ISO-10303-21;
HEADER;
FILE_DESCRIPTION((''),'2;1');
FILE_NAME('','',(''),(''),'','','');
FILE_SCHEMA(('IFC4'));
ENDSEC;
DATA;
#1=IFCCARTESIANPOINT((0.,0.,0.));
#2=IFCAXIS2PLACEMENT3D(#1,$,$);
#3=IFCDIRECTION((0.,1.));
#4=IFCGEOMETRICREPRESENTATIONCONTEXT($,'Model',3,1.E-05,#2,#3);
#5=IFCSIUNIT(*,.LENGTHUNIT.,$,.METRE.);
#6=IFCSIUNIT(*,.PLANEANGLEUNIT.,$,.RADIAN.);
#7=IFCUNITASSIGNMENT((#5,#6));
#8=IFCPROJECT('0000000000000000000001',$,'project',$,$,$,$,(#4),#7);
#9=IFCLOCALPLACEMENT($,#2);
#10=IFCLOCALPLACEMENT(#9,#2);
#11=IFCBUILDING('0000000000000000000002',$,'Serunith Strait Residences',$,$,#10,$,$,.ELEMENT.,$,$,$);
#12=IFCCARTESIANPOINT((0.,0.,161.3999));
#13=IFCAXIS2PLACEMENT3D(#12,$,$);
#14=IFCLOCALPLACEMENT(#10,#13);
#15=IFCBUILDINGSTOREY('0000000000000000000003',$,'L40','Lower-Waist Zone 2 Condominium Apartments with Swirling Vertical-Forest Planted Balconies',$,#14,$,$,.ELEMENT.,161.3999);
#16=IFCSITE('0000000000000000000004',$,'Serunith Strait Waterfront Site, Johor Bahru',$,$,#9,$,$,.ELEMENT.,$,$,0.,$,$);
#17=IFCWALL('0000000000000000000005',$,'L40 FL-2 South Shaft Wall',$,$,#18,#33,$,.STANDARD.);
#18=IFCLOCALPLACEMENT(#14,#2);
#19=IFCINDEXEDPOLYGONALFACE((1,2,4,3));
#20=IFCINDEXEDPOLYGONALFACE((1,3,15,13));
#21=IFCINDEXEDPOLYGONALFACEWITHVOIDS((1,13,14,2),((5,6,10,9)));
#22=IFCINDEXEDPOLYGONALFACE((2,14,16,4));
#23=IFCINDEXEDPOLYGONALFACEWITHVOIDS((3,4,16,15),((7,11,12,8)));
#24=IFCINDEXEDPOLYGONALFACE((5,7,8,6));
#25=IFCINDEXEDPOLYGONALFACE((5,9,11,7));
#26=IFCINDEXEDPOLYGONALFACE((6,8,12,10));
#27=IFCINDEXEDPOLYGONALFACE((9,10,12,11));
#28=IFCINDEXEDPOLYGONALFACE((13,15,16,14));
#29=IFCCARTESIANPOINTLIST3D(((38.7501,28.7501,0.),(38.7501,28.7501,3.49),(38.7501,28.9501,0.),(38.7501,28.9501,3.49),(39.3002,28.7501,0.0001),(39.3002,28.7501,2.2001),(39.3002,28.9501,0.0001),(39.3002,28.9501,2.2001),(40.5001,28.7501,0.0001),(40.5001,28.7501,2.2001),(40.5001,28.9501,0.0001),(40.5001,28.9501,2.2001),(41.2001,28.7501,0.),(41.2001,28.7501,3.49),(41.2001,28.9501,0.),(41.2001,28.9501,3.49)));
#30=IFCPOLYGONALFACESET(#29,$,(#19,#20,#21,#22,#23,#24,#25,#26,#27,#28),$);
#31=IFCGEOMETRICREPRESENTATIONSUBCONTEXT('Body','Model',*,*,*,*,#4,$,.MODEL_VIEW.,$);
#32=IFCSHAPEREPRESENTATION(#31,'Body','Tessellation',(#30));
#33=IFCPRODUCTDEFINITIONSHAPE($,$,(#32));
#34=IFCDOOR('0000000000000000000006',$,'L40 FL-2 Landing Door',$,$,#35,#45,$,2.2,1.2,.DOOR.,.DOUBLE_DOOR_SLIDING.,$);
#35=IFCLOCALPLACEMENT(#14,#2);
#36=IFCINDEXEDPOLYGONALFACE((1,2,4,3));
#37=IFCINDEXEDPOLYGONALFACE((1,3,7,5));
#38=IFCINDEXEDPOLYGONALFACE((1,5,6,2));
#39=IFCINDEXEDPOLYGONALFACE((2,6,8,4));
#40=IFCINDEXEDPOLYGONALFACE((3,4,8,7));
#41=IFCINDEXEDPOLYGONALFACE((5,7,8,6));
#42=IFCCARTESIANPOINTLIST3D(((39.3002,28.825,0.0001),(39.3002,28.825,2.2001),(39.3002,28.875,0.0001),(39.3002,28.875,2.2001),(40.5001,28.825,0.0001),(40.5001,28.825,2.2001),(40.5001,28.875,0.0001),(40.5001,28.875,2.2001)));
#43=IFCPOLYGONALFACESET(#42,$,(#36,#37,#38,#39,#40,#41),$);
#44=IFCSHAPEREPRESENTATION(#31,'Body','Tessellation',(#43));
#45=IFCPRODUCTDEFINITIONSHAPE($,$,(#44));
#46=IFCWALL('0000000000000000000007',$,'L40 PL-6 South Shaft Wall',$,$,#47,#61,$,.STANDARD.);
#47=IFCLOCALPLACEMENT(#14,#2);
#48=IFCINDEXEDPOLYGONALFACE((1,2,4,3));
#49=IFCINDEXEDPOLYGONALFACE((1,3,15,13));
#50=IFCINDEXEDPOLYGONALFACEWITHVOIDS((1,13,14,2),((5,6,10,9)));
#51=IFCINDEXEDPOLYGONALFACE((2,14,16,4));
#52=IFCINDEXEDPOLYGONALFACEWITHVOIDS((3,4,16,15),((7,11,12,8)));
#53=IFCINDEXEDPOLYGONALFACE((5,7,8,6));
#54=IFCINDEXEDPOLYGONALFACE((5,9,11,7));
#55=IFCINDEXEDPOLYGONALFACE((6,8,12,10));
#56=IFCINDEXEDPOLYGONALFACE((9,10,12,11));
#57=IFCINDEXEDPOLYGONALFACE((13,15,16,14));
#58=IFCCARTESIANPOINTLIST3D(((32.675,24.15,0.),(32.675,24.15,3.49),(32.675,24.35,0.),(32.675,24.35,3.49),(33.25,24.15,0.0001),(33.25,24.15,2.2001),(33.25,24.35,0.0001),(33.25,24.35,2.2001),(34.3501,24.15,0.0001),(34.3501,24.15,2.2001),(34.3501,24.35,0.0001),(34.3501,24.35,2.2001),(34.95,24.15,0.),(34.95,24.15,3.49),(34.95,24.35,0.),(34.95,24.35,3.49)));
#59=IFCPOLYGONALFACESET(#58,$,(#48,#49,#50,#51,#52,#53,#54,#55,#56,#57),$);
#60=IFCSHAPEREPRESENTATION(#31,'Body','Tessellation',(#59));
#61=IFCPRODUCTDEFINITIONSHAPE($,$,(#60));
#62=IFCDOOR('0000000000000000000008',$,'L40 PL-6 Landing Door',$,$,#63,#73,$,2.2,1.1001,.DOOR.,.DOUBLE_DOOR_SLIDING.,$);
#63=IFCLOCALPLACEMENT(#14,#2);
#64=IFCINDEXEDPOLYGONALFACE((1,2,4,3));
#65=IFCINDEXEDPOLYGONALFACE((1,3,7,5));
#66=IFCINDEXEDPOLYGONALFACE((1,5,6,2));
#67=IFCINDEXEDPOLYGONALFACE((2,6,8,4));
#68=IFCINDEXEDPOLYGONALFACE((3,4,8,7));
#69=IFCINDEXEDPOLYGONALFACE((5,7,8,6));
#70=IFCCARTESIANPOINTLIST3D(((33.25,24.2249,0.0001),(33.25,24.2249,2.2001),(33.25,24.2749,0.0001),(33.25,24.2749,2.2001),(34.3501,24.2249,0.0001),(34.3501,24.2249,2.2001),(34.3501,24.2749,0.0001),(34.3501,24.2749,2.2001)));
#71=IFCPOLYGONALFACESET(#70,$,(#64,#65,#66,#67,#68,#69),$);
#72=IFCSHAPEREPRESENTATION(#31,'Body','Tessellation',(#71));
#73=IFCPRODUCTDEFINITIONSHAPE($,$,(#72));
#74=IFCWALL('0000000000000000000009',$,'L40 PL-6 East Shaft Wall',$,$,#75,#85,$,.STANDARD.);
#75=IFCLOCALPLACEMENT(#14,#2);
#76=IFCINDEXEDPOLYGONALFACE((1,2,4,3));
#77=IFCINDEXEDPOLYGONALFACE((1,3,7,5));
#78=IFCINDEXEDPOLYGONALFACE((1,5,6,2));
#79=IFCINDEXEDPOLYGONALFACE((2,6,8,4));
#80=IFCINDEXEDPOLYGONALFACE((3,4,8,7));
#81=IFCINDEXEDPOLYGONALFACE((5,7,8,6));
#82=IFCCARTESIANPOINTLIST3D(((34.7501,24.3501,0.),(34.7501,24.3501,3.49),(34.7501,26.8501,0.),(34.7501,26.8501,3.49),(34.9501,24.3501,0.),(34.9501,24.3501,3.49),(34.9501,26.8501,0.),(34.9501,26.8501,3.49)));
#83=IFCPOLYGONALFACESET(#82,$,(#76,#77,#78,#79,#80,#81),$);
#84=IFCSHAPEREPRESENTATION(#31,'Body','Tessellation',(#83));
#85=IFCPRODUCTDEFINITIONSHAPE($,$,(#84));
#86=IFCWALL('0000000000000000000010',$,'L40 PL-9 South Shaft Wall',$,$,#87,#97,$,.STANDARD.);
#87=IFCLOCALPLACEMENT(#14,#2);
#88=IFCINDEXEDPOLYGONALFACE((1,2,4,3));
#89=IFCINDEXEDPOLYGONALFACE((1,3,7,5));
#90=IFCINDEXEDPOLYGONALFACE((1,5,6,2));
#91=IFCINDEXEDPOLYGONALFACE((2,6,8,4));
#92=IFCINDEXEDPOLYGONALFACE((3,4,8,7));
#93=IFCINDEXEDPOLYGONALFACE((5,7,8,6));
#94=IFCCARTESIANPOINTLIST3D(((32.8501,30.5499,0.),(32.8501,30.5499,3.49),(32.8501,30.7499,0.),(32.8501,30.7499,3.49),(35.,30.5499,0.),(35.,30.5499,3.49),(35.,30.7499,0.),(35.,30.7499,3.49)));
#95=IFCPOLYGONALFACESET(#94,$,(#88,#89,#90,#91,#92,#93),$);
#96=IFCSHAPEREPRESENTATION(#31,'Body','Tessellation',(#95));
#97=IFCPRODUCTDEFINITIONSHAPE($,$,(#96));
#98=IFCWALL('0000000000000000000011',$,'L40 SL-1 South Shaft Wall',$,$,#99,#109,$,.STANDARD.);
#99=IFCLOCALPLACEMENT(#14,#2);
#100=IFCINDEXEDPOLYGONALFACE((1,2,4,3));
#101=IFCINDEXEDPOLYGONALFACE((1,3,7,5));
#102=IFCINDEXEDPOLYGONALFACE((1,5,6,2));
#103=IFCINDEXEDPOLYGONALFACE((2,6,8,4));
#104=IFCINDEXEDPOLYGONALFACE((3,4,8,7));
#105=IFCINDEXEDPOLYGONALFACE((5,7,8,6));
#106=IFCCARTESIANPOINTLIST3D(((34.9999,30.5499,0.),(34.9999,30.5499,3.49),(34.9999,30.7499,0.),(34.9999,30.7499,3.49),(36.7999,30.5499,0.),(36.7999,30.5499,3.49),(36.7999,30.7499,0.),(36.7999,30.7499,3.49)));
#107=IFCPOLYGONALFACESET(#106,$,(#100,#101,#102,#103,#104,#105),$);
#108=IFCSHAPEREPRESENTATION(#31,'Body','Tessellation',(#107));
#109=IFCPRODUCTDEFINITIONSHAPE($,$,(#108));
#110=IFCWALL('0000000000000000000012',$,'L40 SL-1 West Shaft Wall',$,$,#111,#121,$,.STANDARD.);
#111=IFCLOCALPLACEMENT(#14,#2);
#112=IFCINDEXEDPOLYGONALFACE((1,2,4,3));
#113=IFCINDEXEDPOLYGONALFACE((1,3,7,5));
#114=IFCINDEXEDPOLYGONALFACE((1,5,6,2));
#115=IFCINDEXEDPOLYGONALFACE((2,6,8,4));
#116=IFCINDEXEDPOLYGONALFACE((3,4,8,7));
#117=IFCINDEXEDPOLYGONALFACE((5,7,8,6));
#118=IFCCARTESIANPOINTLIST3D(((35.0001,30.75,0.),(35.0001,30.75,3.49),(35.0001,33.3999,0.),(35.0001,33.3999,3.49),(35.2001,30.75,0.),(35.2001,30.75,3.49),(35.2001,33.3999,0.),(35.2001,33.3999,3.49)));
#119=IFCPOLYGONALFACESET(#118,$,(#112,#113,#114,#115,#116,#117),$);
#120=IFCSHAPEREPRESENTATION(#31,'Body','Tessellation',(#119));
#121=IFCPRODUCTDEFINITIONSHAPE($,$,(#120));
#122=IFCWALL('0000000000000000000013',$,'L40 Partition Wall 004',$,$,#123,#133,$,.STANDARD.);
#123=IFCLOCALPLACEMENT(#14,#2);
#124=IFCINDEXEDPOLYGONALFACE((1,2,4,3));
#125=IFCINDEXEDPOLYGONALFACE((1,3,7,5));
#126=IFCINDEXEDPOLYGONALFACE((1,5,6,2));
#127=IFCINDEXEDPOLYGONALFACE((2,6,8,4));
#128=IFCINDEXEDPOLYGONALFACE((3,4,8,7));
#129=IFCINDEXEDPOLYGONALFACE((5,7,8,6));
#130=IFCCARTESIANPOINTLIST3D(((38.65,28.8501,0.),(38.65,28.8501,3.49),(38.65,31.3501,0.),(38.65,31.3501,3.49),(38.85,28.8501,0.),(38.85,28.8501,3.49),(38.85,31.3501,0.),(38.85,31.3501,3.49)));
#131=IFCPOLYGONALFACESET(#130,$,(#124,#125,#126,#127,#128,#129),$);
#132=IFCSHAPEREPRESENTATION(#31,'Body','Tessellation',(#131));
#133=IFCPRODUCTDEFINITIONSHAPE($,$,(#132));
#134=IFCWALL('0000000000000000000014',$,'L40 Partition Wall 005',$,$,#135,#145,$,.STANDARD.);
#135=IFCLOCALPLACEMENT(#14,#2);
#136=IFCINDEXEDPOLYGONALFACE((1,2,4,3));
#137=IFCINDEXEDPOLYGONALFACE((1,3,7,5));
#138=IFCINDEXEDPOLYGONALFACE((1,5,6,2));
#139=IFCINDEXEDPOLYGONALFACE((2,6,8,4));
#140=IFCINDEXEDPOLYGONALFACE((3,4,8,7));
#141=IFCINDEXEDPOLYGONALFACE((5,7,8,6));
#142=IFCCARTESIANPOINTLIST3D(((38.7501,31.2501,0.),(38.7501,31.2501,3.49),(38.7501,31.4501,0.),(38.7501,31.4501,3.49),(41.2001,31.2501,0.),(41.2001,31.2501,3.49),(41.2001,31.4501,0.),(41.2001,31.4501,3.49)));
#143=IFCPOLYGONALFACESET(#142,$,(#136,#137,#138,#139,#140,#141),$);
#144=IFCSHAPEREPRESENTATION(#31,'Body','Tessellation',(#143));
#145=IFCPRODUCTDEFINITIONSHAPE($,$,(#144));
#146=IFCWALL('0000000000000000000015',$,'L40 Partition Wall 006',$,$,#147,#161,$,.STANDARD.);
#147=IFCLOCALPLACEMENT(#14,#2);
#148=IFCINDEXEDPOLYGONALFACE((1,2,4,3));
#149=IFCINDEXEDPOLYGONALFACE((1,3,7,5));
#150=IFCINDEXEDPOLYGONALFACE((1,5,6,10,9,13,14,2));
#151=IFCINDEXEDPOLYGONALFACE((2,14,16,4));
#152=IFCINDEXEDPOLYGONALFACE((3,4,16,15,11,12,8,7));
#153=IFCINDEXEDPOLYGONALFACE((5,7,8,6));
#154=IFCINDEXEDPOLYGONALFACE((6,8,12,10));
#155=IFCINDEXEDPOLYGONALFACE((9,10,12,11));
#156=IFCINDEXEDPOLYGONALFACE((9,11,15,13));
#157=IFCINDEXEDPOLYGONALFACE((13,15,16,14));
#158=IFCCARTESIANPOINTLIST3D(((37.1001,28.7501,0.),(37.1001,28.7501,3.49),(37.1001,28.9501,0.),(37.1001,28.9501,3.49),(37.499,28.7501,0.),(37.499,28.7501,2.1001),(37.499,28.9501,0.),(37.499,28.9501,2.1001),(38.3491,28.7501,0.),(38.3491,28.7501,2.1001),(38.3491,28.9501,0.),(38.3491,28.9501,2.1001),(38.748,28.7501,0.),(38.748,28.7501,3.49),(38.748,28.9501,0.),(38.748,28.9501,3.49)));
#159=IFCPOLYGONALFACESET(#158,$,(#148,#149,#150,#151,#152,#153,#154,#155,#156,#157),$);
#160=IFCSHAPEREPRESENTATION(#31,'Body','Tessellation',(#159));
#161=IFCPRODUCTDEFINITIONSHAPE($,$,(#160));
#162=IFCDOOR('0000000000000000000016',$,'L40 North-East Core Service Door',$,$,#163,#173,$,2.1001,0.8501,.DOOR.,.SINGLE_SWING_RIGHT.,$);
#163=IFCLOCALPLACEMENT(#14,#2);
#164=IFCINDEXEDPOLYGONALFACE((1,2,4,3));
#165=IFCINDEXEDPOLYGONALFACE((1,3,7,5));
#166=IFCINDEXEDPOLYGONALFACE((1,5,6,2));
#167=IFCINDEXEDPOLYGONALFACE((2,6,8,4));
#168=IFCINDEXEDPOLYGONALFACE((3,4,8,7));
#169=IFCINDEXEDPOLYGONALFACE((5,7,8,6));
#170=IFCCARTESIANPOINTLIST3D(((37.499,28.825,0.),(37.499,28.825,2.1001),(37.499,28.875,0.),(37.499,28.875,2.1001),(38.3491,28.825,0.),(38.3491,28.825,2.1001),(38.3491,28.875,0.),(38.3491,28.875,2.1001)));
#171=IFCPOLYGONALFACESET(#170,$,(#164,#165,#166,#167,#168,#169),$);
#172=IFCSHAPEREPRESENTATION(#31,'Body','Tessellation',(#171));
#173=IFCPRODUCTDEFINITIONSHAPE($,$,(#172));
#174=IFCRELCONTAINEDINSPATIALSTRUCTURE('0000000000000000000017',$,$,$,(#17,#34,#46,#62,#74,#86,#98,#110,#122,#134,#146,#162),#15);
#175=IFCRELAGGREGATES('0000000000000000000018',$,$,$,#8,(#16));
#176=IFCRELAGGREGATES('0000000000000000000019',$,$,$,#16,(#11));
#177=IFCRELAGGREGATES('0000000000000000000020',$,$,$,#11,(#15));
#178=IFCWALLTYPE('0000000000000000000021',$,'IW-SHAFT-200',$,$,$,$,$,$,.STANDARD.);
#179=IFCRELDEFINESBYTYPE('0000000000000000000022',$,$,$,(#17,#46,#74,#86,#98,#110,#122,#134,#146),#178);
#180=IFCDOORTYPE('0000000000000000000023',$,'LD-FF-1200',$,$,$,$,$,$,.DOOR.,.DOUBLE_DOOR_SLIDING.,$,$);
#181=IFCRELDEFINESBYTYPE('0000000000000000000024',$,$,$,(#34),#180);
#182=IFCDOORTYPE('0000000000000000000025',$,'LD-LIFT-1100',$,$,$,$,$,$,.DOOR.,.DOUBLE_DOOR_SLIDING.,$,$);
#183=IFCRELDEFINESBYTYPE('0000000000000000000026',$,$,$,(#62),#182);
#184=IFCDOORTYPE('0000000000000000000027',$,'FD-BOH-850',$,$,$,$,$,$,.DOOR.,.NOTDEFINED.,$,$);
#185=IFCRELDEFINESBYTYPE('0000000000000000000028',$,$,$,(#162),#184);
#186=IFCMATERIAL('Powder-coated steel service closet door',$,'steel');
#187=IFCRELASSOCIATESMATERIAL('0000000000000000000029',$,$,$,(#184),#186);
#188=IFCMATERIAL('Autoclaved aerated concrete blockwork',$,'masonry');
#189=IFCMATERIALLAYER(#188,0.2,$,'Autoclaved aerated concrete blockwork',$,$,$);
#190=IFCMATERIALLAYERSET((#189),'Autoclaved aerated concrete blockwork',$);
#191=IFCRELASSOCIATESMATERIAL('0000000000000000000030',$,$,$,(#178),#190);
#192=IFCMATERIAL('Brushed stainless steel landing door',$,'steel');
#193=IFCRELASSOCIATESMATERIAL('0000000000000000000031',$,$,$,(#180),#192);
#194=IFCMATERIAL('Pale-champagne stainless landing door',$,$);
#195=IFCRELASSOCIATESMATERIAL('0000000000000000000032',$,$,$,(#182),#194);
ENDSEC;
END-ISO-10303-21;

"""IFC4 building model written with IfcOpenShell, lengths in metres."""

from ifc_helpers import new_model, si_unit, direction, frame, frame_2d, origin, place, context, subcontext, project, spatial, rectangle, extrude, source, transform, mapped, material, layer, layer_set, type_object, element, fill, save


model = new_model("IFC4")

# Units and contexts
model_context = context("Model", 3, precision=1e-05, world=origin(), true_north=direction((0.0, 1.0)))
body_context = subcontext(model_context, "Body", "Model", "MODEL_VIEW")
ifc_project = project(units=[si_unit("LENGTHUNIT", "METRE"), si_unit("PLANEANGLEUNIT", "RADIAN")], contexts=[model_context])

# Site, building, storey
site_placement = place(None, origin())
site = spatial("IfcSite", under=ifc_project, at=site_placement, Name="Serunith Strait Waterfront Site, Johor Bahru", CompositionType="ELEMENT", RefElevation=0.0)
building_placement = place(site_placement, origin())
building = spatial("IfcBuilding", under=site, at=building_placement, Name="Serunith Strait Residences", CompositionType="ELEMENT")
storey_placement = place(building_placement, frame((0.0, 0.0, 161.3999)))
storey = spatial("IfcBuildingStorey", under=building, at=storey_placement, Name="L40", Description="Lower-Waist Zone 2 Condominium Apartments with Swirling Vertical-Forest Planted Balconies", CompositionType="ELEMENT", Elevation=161.3999)

# Walls, openings, doors
ifc_material_1 = material(Name="Powder-coated steel service closet door", Category="steel")
door_type_1 = type_object("IfcDoorType", Name="FD-BOH-850", OperationType="NOTDEFINED", PredefinedType="DOOR", material=ifc_material_1)
shared_shape_1 = source(origin(), body_context, "Body", "SweptSolid", [
    extrude(rectangle(XDim=0.8501, YDim=2.1001, at=frame_2d((0.425, 1.05))), frame((0.0, 0.0249, 0.0), z_axis=(0.0, -1.0, 0.0), x_axis=(1.0, 0.0, 0.0)), (0.0, 0.0, 1.0), 0.05),
])
ifc_material_2 = material(Name="Autoclaved aerated concrete blockwork", Category="masonry")
ifc_layer_1 = layer(ifc_material_2, 0.2, Name="Autoclaved aerated concrete blockwork")
ifc_layer_set_1 = layer_set([ifc_layer_1], Name="Autoclaved aerated concrete blockwork")
wall_type_1 = type_object("IfcWallType", Name="IW-SHAFT-200", PredefinedType="STANDARD", material=ifc_layer_set_1)
wall_1_placement = place(storey_placement, frame((38.75, 28.8501, 0.0), z_axis=(0.0, 0.0, 1.0), x_axis=(1.0, 0.0, 0.0)))
wall_1 = element("IfcWall", 1, at=wall_1_placement, inside=storey, type_object=wall_type_1, Name="L40 FL-2 South Shaft Wall", PredefinedType="STANDARD", context=body_context, shape_type="SweptSolid", body=[
    extrude(rectangle(XDim=2.45, YDim=0.2, at=frame_2d((1.2251, 0.0))), origin(), (0.0, 0.0, 1.0), 3.49),
])
opening_1_placement = place(wall_1_placement, frame((0.55, 0.0, 0.0)))
opening_1 = element("IfcOpeningElement", 2, at=opening_1_placement, cuts=wall_1, PredefinedType="OPENING", context=body_context, shape_type="SweptSolid", body=[
    extrude(rectangle(XDim=1.2, YDim=2.2, at=frame_2d((0.6001, 1.1001))), frame((0.0, 0.1099, 0.0), z_axis=(0.0, -1.0, 0.0), x_axis=(1.0, 0.0, 0.0)), (0.0, 0.0, 1.0), 0.22),
])
ifc_material_3 = material(Name="Brushed stainless steel landing door", Category="steel")
door_type_2 = type_object("IfcDoorType", Name="LD-FF-1200", OperationType="DOUBLE_DOOR_SLIDING", PredefinedType="DOOR", material=ifc_material_3)
shared_shape_2 = source(origin(), body_context, "Body", "SweptSolid", [
    extrude(rectangle(XDim=1.2, YDim=2.2, at=frame_2d((0.6001, 1.1001))), frame((0.0, 0.0249, 0.0), z_axis=(0.0, -1.0, 0.0), x_axis=(1.0, 0.0, 0.0)), (0.0, 0.0, 1.0), 0.05),
])
door_1_placement = place(opening_1_placement, origin())
door_1 = element("IfcDoor", 3, at=door_1_placement, inside=storey, type_object=door_type_2, Name="L40 FL-2 Landing Door", OperationType="DOUBLE_DOOR_SLIDING", OverallHeight=2.2, OverallWidth=1.2, PredefinedType="DOOR", context=body_context, shape_type="MappedRepresentation", body=[
    mapped(shared_shape_2, transform((0.0, 0.0, 0.0), scale=1.0)),
])
fill(opening_1, door_1)
wall_2_placement = place(storey_placement, frame((32.675, 24.25, 0.0), z_axis=(0.0, 0.0, 1.0), x_axis=(1.0, 0.0, 0.0)))
wall_2 = element("IfcWall", 4, at=wall_2_placement, inside=storey, type_object=wall_type_1, Name="L40 PL-6 South Shaft Wall", PredefinedType="STANDARD", context=body_context, shape_type="SweptSolid", body=[
    extrude(rectangle(XDim=2.2749, YDim=0.2, at=frame_2d((1.1375, 0.0))), origin(), (0.0, 0.0, 1.0), 3.49),
])
opening_2_placement = place(wall_2_placement, frame((0.575, 0.0, 0.0)))
opening_2 = element("IfcOpeningElement", 5, at=opening_2_placement, cuts=wall_2, PredefinedType="OPENING", context=body_context, shape_type="SweptSolid", body=[
    extrude(rectangle(XDim=1.1001, YDim=2.2, at=frame_2d((0.55, 1.1001))), frame((0.0, 0.1099, 0.0), z_axis=(0.0, -1.0, 0.0), x_axis=(1.0, 0.0, 0.0)), (0.0, 0.0, 1.0), 0.22),
])
ifc_material_4 = material(Name="Pale-champagne stainless landing door")
door_type_3 = type_object("IfcDoorType", Name="LD-LIFT-1100", OperationType="DOUBLE_DOOR_SLIDING", PredefinedType="DOOR", material=ifc_material_4)
shared_shape_3 = source(origin(), body_context, "Body", "SweptSolid", [
    extrude(rectangle(XDim=1.1001, YDim=2.2, at=frame_2d((0.55, 1.1001))), frame((0.0, 0.0249, 0.0), z_axis=(0.0, -1.0, 0.0), x_axis=(1.0, 0.0, 0.0)), (0.0, 0.0, 1.0), 0.05),
])
door_2_placement = place(opening_2_placement, origin())
door_2 = element("IfcDoor", 6, at=door_2_placement, inside=storey, type_object=door_type_3, Name="L40 PL-6 Landing Door", OperationType="DOUBLE_DOOR_SLIDING", OverallHeight=2.2, OverallWidth=1.1001, PredefinedType="DOOR", context=body_context, shape_type="MappedRepresentation", body=[
    mapped(shared_shape_3, transform((0.0, 0.0, 0.0), scale=1.0)),
])
fill(opening_2, door_2)

# Walls
wall_3_placement = place(storey_placement, frame((34.8501, 24.3501, 0.0), z_axis=(0.0, 0.0, 1.0), x_axis=(0.0, 1.0, 0.0)))
element("IfcWall", 7, at=wall_3_placement, inside=storey, type_object=wall_type_1, Name="L40 PL-6 East Shaft Wall", PredefinedType="STANDARD", context=body_context, shape_type="SweptSolid", body=[
    extrude(rectangle(XDim=2.5, YDim=0.2, at=frame_2d((1.25, 0.0))), origin(), (0.0, 0.0, 1.0), 3.49),
])
wall_4_placement = place(storey_placement, frame((32.8501, 30.6499, 0.0), z_axis=(0.0, 0.0, 1.0), x_axis=(1.0, 0.0, 0.0)))
element("IfcWall", 8, at=wall_4_placement, inside=storey, type_object=wall_type_1, Name="L40 PL-9 South Shaft Wall", PredefinedType="STANDARD", context=body_context, shape_type="SweptSolid", body=[
    extrude(rectangle(XDim=2.1499, YDim=0.2, at=frame_2d((1.075, 0.0))), origin(), (0.0, 0.0, 1.0), 3.49),
])
wall_5_placement = place(storey_placement, frame((35.0, 30.6499, 0.0), z_axis=(0.0, 0.0, 1.0), x_axis=(1.0, 0.0, 0.0)))
element("IfcWall", 9, at=wall_5_placement, inside=storey, type_object=wall_type_1, Name="L40 SL-1 South Shaft Wall", PredefinedType="STANDARD", context=body_context, shape_type="SweptSolid", body=[
    extrude(rectangle(XDim=1.8, YDim=0.2, at=frame_2d((0.8999, 0.0))), origin(), (0.0, 0.0, 1.0), 3.49),
])
wall_6_placement = place(storey_placement, frame((35.1001, 30.75, 0.0), z_axis=(0.0, 0.0, 1.0), x_axis=(0.0, 1.0, 0.0)))
element("IfcWall", 10, at=wall_6_placement, inside=storey, type_object=wall_type_1, Name="L40 SL-1 West Shaft Wall", PredefinedType="STANDARD", context=body_context, shape_type="SweptSolid", body=[
    extrude(rectangle(XDim=2.6499, YDim=0.2, at=frame_2d((1.325, 0.0))), origin(), (0.0, 0.0, 1.0), 3.49),
])
wall_7_placement = place(storey_placement, frame((38.75, 28.8501, 0.0), z_axis=(0.0, 0.0, 1.0), x_axis=(0.0, 1.0, 0.0)))
element("IfcWall", 11, at=wall_7_placement, inside=storey, type_object=wall_type_1, Name="L40 Partition Wall 004", PredefinedType="STANDARD", context=body_context, shape_type="SweptSolid", body=[
    extrude(rectangle(XDim=2.5, YDim=0.2, at=frame_2d((1.25, 0.0))), origin(), (0.0, 0.0, 1.0), 3.49),
])
wall_8_placement = place(storey_placement, frame((38.75, 31.3501, 0.0), z_axis=(0.0, 0.0, 1.0), x_axis=(1.0, 0.0, 0.0)))
element("IfcWall", 12, at=wall_8_placement, inside=storey, type_object=wall_type_1, Name="L40 Partition Wall 005", PredefinedType="STANDARD", context=body_context, shape_type="SweptSolid", body=[
    extrude(rectangle(XDim=2.45, YDim=0.2, at=frame_2d((1.2251, 0.0))), origin(), (0.0, 0.0, 1.0), 3.49),
])

# Wall, opening, door
wall_9_placement = place(storey_placement, frame((37.1001, 28.8501, 0.0), z_axis=(0.0, 0.0, 1.0), x_axis=(1.0, 0.0, 0.0)))
wall_9 = element("IfcWall", 13, at=wall_9_placement, inside=storey, type_object=wall_type_1, Name="L40 Partition Wall 006", PredefinedType="STANDARD", context=body_context, shape_type="SweptSolid", body=[
    extrude(rectangle(XDim=1.6479, YDim=0.2, at=frame_2d((0.824, 0.0))), origin(), (0.0, 0.0, 1.0), 3.49),
])
opening_3_placement = place(wall_9_placement, frame((0.3989, 0.0, 0.0)))
opening_3 = element("IfcOpeningElement", 14, at=opening_3_placement, cuts=wall_9, PredefinedType="OPENING", context=body_context, shape_type="SweptSolid", body=[
    extrude(rectangle(XDim=0.8501, YDim=2.1001, at=frame_2d((0.425, 1.05))), frame((0.0, 0.1099, 0.0), z_axis=(0.0, -1.0, 0.0), x_axis=(1.0, 0.0, 0.0)), (0.0, 0.0, 1.0), 0.22),
])
door_3_placement = place(opening_3_placement, origin())
door_3 = element("IfcDoor", 15, at=door_3_placement, inside=storey, type_object=door_type_1, Name="L40 North-East Core Service Door", OperationType="SINGLE_SWING_RIGHT", OverallHeight=2.1001, OverallWidth=0.8501, PredefinedType="DOOR", context=body_context, shape_type="MappedRepresentation", body=[
    mapped(shared_shape_1, transform((0.0, 0.0, 0.0), scale=1.0)),
])
fill(opening_3, door_3)

save(model, "model.ifc")
